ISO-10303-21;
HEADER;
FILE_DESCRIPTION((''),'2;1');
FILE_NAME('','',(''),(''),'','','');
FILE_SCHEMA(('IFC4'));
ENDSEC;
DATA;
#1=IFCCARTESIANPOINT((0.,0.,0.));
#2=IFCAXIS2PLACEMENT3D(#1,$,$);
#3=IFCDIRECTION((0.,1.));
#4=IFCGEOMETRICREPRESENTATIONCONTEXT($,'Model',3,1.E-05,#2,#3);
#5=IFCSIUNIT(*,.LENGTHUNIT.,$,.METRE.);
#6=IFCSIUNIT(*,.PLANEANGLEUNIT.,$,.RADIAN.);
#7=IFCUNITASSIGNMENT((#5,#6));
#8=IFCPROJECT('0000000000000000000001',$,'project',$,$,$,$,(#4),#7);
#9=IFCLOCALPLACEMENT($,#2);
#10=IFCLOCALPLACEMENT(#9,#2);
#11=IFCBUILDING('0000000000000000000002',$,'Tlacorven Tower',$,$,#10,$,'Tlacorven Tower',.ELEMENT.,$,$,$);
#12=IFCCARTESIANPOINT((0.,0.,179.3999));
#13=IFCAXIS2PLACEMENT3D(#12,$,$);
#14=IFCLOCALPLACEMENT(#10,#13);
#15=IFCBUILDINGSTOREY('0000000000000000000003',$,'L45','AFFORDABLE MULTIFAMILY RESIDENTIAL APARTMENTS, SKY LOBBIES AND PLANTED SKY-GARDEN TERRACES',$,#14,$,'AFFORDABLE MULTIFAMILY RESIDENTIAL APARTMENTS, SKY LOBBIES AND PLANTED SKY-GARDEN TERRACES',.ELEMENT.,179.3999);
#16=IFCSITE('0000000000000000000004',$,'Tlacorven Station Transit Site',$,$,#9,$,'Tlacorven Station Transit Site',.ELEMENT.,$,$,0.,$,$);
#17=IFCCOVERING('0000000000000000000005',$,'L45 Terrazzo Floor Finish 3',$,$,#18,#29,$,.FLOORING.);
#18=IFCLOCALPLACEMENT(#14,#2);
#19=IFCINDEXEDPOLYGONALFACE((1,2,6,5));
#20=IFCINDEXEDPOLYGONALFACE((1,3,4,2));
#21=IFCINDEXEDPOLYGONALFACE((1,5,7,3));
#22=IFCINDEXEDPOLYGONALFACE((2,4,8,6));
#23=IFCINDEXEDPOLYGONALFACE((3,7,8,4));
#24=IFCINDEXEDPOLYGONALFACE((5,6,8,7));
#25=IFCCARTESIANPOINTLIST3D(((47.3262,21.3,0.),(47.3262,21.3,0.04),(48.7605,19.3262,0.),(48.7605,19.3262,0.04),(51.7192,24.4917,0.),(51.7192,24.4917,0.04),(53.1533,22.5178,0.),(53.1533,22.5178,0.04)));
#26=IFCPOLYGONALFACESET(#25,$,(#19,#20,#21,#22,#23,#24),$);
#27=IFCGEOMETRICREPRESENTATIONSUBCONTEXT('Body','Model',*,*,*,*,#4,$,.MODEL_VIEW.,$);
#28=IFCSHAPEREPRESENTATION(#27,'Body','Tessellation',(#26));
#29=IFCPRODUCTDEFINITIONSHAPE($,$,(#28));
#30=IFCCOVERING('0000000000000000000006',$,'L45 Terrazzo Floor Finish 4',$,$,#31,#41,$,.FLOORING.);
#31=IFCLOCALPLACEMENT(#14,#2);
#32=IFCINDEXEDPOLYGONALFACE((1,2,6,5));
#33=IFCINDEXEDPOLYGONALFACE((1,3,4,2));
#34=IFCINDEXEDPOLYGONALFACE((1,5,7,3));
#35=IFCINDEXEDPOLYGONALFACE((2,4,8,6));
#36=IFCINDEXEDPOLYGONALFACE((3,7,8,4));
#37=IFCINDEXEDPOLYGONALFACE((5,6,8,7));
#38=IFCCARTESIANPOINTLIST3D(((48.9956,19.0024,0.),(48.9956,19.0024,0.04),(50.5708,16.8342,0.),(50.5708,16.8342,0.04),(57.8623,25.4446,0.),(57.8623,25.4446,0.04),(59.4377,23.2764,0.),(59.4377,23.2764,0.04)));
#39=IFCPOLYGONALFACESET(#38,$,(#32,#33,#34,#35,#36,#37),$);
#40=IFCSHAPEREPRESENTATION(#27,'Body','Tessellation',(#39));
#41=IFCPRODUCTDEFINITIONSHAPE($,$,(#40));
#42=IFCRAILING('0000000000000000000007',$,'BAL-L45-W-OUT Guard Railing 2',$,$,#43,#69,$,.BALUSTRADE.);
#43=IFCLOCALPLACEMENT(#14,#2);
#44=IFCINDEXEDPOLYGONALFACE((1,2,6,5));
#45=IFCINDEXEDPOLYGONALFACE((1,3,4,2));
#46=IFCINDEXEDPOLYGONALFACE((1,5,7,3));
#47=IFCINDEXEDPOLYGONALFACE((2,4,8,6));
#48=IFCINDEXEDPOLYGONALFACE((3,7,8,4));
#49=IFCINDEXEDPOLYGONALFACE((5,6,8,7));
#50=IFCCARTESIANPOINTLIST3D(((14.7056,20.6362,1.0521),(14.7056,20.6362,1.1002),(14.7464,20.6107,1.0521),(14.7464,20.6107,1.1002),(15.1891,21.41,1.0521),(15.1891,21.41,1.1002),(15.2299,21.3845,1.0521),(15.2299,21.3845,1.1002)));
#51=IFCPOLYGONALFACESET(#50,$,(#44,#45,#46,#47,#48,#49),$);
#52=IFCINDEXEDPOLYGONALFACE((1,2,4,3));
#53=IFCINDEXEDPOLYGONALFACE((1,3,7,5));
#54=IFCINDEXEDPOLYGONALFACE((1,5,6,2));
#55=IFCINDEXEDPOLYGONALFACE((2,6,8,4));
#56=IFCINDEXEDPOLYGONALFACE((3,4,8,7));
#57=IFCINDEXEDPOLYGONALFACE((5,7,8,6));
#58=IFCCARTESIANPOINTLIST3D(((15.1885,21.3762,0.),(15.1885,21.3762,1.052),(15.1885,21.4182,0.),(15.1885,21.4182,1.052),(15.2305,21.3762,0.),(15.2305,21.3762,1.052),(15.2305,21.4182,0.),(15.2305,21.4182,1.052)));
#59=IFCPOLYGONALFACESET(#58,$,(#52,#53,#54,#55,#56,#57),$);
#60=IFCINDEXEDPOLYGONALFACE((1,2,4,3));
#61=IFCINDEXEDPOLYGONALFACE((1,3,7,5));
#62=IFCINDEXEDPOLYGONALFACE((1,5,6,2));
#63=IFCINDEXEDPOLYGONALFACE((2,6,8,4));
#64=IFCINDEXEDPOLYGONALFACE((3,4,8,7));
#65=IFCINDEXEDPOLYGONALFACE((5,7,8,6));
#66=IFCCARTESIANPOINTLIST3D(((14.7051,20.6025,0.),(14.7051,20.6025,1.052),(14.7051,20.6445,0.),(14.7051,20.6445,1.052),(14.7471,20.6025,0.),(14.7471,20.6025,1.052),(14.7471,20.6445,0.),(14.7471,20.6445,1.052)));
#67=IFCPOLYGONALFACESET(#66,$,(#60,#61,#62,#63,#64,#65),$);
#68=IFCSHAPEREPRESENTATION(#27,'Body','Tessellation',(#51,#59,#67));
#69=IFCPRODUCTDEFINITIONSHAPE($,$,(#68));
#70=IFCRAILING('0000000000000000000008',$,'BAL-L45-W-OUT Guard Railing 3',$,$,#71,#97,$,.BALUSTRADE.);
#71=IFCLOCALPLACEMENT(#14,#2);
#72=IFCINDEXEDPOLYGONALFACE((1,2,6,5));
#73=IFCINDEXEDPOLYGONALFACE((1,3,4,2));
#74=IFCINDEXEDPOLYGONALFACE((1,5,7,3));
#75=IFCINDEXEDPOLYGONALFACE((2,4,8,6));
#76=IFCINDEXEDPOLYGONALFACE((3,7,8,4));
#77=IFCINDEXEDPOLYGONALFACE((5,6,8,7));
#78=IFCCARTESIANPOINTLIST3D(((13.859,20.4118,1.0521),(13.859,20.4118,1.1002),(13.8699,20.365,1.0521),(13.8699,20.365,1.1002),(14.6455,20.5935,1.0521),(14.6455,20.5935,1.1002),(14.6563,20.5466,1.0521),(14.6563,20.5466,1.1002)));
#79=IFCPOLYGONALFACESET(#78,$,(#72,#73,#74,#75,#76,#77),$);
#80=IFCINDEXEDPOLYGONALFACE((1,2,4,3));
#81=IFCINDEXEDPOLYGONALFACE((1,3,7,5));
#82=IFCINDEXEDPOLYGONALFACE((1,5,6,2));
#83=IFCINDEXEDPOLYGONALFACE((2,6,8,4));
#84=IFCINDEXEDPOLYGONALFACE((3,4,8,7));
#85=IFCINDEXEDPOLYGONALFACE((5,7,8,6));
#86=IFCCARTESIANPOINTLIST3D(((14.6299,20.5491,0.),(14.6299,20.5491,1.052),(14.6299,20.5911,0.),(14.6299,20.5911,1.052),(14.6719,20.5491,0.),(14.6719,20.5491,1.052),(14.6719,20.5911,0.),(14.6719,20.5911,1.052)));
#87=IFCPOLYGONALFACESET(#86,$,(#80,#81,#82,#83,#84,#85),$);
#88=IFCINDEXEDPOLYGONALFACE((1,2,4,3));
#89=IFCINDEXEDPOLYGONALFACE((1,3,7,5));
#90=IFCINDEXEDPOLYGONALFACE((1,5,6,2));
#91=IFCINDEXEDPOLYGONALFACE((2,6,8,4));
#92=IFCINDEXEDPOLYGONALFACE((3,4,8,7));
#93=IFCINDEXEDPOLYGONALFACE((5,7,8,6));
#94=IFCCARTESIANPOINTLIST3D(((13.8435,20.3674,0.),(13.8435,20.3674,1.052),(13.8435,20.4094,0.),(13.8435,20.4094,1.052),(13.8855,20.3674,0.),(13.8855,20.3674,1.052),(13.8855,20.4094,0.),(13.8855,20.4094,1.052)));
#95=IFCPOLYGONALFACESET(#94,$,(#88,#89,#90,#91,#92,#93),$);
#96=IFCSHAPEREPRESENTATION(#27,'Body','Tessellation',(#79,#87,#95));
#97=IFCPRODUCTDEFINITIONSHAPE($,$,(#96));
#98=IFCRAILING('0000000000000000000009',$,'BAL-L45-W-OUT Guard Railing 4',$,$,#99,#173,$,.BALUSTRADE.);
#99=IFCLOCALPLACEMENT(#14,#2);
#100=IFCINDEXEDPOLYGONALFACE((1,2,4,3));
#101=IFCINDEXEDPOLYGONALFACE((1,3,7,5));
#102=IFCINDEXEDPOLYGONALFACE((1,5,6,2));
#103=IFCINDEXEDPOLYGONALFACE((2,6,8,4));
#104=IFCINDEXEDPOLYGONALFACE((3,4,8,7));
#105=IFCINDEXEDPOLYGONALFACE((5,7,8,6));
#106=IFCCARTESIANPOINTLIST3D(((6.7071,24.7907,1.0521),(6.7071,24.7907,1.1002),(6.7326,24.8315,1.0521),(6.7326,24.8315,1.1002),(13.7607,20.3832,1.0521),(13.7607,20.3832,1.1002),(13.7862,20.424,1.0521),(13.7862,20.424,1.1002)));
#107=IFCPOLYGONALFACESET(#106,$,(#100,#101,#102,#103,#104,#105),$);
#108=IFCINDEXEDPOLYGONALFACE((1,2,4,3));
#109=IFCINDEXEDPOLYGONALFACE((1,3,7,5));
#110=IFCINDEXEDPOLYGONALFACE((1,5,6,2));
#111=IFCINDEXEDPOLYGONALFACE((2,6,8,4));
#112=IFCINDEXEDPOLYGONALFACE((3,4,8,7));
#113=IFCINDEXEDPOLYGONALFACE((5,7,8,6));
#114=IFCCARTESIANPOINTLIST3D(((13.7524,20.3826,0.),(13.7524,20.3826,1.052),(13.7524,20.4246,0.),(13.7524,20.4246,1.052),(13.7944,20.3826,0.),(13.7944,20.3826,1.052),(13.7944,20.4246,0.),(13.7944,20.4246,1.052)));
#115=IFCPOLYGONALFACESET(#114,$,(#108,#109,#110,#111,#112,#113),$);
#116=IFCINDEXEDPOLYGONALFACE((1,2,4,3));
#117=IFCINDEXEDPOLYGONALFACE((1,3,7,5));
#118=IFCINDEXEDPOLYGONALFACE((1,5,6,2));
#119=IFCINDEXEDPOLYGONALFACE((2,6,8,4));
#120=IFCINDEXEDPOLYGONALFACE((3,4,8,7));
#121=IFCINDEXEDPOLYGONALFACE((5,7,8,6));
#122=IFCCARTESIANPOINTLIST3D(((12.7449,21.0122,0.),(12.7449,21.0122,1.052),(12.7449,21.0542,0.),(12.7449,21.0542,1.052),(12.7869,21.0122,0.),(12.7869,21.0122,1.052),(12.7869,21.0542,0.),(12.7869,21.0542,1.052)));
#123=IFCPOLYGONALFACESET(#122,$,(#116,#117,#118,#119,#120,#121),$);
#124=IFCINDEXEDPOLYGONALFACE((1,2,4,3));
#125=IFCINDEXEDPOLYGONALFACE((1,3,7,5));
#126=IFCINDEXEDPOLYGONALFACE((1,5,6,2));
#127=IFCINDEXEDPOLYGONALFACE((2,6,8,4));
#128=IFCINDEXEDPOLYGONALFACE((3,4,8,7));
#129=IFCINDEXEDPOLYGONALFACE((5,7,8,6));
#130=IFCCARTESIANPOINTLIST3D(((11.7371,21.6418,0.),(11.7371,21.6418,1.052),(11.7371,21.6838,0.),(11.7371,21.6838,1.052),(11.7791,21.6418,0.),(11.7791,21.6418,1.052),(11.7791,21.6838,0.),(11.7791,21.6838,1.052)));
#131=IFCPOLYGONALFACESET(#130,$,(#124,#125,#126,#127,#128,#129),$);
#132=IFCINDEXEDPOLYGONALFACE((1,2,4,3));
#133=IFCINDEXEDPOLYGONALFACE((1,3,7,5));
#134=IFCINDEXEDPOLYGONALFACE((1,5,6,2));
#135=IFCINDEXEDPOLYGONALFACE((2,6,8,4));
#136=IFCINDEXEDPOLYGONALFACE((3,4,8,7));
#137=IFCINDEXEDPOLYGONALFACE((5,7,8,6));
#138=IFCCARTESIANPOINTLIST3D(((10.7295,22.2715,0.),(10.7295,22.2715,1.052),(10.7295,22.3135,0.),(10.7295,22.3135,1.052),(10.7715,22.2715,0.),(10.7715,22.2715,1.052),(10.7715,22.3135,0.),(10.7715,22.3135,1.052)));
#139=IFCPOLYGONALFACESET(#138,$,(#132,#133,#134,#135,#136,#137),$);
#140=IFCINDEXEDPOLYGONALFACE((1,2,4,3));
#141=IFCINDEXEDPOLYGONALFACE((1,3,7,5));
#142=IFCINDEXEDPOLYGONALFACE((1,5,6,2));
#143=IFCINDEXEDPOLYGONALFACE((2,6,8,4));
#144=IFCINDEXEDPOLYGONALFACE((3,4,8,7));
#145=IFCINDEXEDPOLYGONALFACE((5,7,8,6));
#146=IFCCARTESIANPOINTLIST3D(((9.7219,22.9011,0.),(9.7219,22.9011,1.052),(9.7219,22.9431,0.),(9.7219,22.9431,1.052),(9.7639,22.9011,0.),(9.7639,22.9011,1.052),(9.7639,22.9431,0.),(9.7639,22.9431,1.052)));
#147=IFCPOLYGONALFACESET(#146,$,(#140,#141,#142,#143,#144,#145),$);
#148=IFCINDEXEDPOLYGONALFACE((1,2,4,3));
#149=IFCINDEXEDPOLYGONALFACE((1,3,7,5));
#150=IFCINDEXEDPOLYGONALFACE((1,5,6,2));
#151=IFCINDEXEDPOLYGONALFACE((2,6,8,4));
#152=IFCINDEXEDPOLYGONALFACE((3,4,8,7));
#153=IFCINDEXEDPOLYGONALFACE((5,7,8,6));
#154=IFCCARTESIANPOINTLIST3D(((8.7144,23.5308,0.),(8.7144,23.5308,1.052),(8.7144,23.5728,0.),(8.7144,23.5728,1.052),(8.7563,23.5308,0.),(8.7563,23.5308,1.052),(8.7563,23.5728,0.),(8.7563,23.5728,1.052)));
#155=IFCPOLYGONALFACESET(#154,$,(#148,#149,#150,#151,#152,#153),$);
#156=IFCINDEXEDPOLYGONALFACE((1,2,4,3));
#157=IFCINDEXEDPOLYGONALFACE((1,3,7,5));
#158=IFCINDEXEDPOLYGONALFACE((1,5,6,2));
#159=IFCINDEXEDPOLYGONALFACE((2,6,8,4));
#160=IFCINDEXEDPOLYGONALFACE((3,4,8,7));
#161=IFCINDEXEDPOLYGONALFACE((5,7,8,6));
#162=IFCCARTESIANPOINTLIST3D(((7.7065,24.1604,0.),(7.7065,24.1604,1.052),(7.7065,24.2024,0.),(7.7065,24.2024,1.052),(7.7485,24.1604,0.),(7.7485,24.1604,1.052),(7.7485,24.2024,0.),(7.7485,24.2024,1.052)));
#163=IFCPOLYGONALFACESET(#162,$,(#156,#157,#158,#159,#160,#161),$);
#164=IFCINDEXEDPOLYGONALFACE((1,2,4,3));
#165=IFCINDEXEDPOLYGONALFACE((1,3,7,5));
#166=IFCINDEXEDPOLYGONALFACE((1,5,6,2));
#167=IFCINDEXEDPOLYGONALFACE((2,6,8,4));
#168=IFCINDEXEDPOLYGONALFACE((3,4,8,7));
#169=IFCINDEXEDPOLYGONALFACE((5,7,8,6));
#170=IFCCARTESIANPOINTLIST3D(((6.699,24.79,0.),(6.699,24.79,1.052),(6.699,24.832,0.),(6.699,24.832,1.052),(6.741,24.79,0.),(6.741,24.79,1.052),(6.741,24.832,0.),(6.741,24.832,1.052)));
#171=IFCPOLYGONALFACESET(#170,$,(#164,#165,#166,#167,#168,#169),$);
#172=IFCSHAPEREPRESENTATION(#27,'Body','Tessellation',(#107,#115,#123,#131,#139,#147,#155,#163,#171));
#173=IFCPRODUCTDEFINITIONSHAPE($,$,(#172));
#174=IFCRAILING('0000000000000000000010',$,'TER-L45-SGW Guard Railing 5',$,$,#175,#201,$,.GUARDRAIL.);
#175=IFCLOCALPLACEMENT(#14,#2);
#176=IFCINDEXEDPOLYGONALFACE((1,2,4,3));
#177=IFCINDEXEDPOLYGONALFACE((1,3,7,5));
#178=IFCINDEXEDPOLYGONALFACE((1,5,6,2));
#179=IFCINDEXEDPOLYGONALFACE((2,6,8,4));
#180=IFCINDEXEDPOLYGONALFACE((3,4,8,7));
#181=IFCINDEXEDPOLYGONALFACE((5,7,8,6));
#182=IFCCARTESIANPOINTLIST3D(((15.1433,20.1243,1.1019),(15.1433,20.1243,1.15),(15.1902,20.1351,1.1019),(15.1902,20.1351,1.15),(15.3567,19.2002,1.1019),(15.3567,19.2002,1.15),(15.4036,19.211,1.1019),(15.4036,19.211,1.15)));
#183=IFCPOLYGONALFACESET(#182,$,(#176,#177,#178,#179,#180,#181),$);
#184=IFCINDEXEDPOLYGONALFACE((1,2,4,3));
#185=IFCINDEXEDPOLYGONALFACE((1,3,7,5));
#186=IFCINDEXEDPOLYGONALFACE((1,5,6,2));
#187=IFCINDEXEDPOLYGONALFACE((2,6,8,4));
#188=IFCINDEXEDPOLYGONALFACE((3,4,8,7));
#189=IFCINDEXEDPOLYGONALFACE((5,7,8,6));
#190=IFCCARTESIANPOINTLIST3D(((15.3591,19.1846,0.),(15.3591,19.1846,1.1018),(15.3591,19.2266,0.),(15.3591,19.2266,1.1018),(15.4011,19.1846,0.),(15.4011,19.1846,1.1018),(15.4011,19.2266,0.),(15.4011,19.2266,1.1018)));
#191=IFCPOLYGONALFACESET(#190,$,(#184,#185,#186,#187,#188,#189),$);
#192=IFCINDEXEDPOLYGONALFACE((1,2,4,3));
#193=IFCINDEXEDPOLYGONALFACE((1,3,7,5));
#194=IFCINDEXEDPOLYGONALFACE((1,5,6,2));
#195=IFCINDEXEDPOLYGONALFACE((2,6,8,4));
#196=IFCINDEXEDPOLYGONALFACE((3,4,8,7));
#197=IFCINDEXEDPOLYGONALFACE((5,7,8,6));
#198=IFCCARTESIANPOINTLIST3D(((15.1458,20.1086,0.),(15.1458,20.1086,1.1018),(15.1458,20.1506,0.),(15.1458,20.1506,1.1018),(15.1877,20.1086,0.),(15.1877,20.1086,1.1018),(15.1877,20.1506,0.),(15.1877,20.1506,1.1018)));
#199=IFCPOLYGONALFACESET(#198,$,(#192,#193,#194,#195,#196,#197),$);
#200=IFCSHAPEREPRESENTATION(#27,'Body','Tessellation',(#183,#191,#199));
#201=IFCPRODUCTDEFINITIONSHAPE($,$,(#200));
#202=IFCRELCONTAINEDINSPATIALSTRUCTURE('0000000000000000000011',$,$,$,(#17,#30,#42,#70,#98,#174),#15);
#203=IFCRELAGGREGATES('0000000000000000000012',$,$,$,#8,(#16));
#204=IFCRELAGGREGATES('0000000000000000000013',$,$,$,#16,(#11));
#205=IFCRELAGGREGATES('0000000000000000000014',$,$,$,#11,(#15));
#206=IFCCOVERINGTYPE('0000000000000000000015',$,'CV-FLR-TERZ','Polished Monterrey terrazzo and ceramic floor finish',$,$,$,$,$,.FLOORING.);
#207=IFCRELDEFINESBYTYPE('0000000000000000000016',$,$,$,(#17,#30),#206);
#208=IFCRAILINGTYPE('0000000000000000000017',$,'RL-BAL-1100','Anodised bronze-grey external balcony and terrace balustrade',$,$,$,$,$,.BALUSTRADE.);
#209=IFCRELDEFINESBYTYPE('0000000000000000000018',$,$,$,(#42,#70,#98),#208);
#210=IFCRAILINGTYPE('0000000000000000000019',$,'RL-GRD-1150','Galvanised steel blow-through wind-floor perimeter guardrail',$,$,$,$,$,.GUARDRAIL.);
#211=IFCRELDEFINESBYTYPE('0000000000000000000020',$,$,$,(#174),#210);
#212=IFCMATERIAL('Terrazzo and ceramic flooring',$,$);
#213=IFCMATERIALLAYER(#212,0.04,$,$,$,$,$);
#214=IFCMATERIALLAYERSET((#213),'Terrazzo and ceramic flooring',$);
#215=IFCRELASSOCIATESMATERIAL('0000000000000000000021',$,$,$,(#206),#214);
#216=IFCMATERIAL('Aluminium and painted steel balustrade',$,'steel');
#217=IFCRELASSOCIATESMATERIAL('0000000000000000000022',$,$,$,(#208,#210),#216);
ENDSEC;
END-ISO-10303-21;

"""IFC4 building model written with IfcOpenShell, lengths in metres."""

from ifc_helpers import new_model, si_unit, direction, frame, origin, origin_2d, place, context, subcontext, project, spatial, polyline, rectangle, outline, extrude, source, transform, mapped, material, layer, layer_set, type_object, element, save


model = new_model("IFC4")

# Units and contexts
model_context = context("Model", 3, precision=1e-05, world=origin(), true_north=direction((0.0, 1.0)))
body_context = subcontext(model_context, "Body", "Model", "MODEL_VIEW")
ifc_project = project(units=[si_unit("LENGTHUNIT", "METRE"), si_unit("PLANEANGLEUNIT", "RADIAN")], contexts=[model_context])

# Site, building, storey
site_placement = place(None, origin())
site = spatial("IfcSite", under=ifc_project, at=site_placement, Name="Tlacorven Station Transit Site", LongName="Tlacorven Station Transit Site", CompositionType="ELEMENT", RefElevation=0.0)
building_placement = place(site_placement, origin())
building = spatial("IfcBuilding", under=site, at=building_placement, Name="Tlacorven Tower", LongName="Tlacorven Tower", CompositionType="ELEMENT")
storey_placement = place(building_placement, frame((0.0, 0.0, 179.3999)))
storey = spatial("IfcBuildingStorey", under=building, at=storey_placement, Name="L45", Description="AFFORDABLE MULTIFAMILY RESIDENTIAL APARTMENTS, SKY LOBBIES AND PLANTED SKY-GARDEN TERRACES", LongName="AFFORDABLE MULTIFAMILY RESIDENTIAL APARTMENTS, SKY LOBBIES AND PLANTED SKY-GARDEN TERRACES", CompositionType="ELEMENT", Elevation=179.3999)

# Coverings
ifc_material_1 = material(Name="Terrazzo and ceramic flooring")
ifc_layer_1 = layer(ifc_material_1, 0.04)
ifc_layer_set_1 = layer_set([ifc_layer_1], Name="Terrazzo and ceramic flooring")
covering_type_1 = type_object("IfcCoveringType", Name="CV-FLR-TERZ", Description="Polished Monterrey terrazzo and ceramic floor finish", PredefinedType="FLOORING", material=ifc_layer_set_1)
covering_1_placement = place(storey_placement, origin())
element("IfcCovering", 1, at=covering_1_placement, inside=storey, type_object=covering_type_1, Name="L45 Terrazzo Floor Finish 3", PredefinedType="FLOORING", context=body_context, shape_type="SweptSolid", body=[
    extrude(outline(polyline([(48.7605, 19.3262), (47.3262, 21.3), (51.7192, 24.4917), (53.1533, 22.5178), (48.7605, 19.3262)])), origin(), (0.0, 0.0, 1.0), 0.04),
])
covering_2_placement = place(storey_placement, origin())
element("IfcCovering", 2, at=covering_2_placement, inside=storey, type_object=covering_type_1, Name="L45 Terrazzo Floor Finish 4", PredefinedType="FLOORING", context=body_context, shape_type="SweptSolid", body=[
    extrude(outline(polyline([(50.5708, 16.8342), (48.9956, 19.0024), (57.8623, 25.4446), (59.4377, 23.2764), (50.5708, 16.8342)])), origin(), (0.0, 0.0, 1.0), 0.04),
])

# Railings
ifc_material_2 = material(Name="Aluminium and painted steel balustrade", Category="steel")
railing_type_1 = type_object("IfcRailingType", Name="RL-BAL-1100", Description="Anodised bronze-grey external balcony and terrace balustrade", PredefinedType="BALUSTRADE", material=ifc_material_2)
shared_shape_1 = source(origin(), body_context, "Body", "SweptSolid", [
    extrude(rectangle(XDim=0.0481, YDim=0.0481, at=origin_2d()), frame((0.0, 0.0, 1.0762), z_axis=(-0.529879, -0.848073, 0.0), x_axis=(0.848073, -0.529879, 0.0)), (0.0, 0.0, 1.0), 0.9124),
    extrude(rectangle(XDim=0.042, YDim=0.042, at=origin_2d()), origin(), (0.0, 0.0, 1.0), 1.052),
    extrude(rectangle(XDim=0.042, YDim=0.042, at=origin_2d()), frame((-0.4834, -0.7737, 0.0)), (0.0, 0.0, 1.0), 1.052),
])
railing_1_placement = place(storey_placement, frame((15.2095, 21.3972, 0.0)))
element("IfcRailing", 3, at=railing_1_placement, inside=storey, type_object=railing_type_1, Name="BAL-L45-W-OUT Guard Railing 2", PredefinedType="BALUSTRADE", context=body_context, shape_type="MappedRepresentation", body=[
    mapped(shared_shape_1, transform((0.0, 0.0, 0.0), scale=1.0)),
])
shared_shape_2 = source(origin(), body_context, "Body", "SweptSolid", [
    extrude(rectangle(XDim=0.0481, YDim=0.0481, at=origin_2d()), frame((0.0, 0.0, 1.0762), z_axis=(-0.974345, -0.225058, 0.0), x_axis=(0.225058, -0.974345, 0.0)), (0.0, 0.0, 1.0), 0.8071),
    extrude(rectangle(XDim=0.042, YDim=0.042, at=origin_2d()), origin(), (0.0, 0.0, 1.0), 1.052),
    extrude(rectangle(XDim=0.042, YDim=0.042, at=origin_2d()), frame((-0.7864, -0.1816, 0.0)), (0.0, 0.0, 1.0), 1.052),
])
railing_2_placement = place(storey_placement, frame((14.6509, 20.5701, 0.0)))
element("IfcRailing", 4, at=railing_2_placement, inside=storey, type_object=railing_type_1, Name="BAL-L45-W-OUT Guard Railing 3", PredefinedType="BALUSTRADE", context=body_context, shape_type="MappedRepresentation", body=[
    mapped(shared_shape_2, transform((0.0, 0.0, 0.0), scale=1.0)),
])
shared_shape_3 = source(origin(), body_context, "Body", "SweptSolid", [
    extrude(rectangle(XDim=0.0481, YDim=0.0481, at=origin_2d()), frame((0.0, 0.0, 1.0762), z_axis=(-0.848049, 0.529917, 0.0), x_axis=(-0.529917, -0.848049, 0.0)), (0.0, 0.0, 1.0), 8.3174),
    extrude(rectangle(XDim=0.042, YDim=0.042, at=origin_2d()), origin(), (0.0, 0.0, 1.0), 1.052),
    extrude(rectangle(XDim=0.042, YDim=0.042, at=origin_2d()), frame((-1.0076, 0.6296, 0.0)), (0.0, 0.0, 1.0), 1.052),
    extrude(rectangle(XDim=0.042, YDim=0.042, at=origin_2d()), frame((-2.0154, 1.2593, 0.0)), (0.0, 0.0, 1.0), 1.052),
    extrude(rectangle(XDim=0.042, YDim=0.042, at=origin_2d()), frame((-3.0229, 1.8889, 0.0)), (0.0, 0.0, 1.0), 1.052),
    extrude(rectangle(XDim=0.042, YDim=0.042, at=origin_2d()), frame((-4.0305, 2.5186, 0.0)), (0.0, 0.0, 1.0), 1.052),
    extrude(rectangle(XDim=0.042, YDim=0.042, at=origin_2d()), frame((-5.0381, 3.1482, 0.0)), (0.0, 0.0, 1.0), 1.052),
    extrude(rectangle(XDim=0.042, YDim=0.042, at=origin_2d()), frame((-6.0459, 3.7778, 0.0)), (0.0, 0.0, 1.0), 1.052),
    extrude(rectangle(XDim=0.042, YDim=0.042, at=origin_2d()), frame((-7.0535, 4.4075, 0.0)), (0.0, 0.0, 1.0), 1.052),
])
railing_3_placement = place(storey_placement, frame((13.7734, 20.4036, 0.0)))
element("IfcRailing", 5, at=railing_3_placement, inside=storey, type_object=railing_type_1, Name="BAL-L45-W-OUT Guard Railing 4", PredefinedType="BALUSTRADE", context=body_context, shape_type="MappedRepresentation", body=[
    mapped(shared_shape_3, transform((0.0, 0.0, 0.0), scale=1.0)),
])
railing_type_2 = type_object("IfcRailingType", Name="RL-GRD-1150", Description="Galvanised steel blow-through wind-floor perimeter guardrail", PredefinedType="GUARDRAIL", material=ifc_material_2)
shared_shape_4 = source(origin(), body_context, "Body", "SweptSolid", [
    extrude(rectangle(XDim=0.0481, YDim=0.0481, at=origin_2d()), frame((0.0, 0.0, 1.126), z_axis=(-0.224991, 0.974361, 0.0), x_axis=(-0.974361, -0.224991, 0.0)), (0.0, 0.0, 1.0), 0.9485),
    extrude(rectangle(XDim=0.042, YDim=0.042, at=origin_2d()), origin(), (0.0, 0.0, 1.0), 1.1018),
    extrude(rectangle(XDim=0.042, YDim=0.042, at=origin_2d()), frame((-0.2134, 0.9241, 0.0)), (0.0, 0.0, 1.0), 1.1018),
])
railing_4_placement = place(storey_placement, frame((15.3801, 19.2056, 0.0)))
element("IfcRailing", 6, at=railing_4_placement, inside=storey, type_object=railing_type_2, Name="TER-L45-SGW Guard Railing 5", PredefinedType="GUARDRAIL", context=body_context, shape_type="MappedRepresentation", body=[
    mapped(shared_shape_4, transform((0.0, 0.0, 0.0), scale=1.0)),
])

save(model, "model.ifc")
